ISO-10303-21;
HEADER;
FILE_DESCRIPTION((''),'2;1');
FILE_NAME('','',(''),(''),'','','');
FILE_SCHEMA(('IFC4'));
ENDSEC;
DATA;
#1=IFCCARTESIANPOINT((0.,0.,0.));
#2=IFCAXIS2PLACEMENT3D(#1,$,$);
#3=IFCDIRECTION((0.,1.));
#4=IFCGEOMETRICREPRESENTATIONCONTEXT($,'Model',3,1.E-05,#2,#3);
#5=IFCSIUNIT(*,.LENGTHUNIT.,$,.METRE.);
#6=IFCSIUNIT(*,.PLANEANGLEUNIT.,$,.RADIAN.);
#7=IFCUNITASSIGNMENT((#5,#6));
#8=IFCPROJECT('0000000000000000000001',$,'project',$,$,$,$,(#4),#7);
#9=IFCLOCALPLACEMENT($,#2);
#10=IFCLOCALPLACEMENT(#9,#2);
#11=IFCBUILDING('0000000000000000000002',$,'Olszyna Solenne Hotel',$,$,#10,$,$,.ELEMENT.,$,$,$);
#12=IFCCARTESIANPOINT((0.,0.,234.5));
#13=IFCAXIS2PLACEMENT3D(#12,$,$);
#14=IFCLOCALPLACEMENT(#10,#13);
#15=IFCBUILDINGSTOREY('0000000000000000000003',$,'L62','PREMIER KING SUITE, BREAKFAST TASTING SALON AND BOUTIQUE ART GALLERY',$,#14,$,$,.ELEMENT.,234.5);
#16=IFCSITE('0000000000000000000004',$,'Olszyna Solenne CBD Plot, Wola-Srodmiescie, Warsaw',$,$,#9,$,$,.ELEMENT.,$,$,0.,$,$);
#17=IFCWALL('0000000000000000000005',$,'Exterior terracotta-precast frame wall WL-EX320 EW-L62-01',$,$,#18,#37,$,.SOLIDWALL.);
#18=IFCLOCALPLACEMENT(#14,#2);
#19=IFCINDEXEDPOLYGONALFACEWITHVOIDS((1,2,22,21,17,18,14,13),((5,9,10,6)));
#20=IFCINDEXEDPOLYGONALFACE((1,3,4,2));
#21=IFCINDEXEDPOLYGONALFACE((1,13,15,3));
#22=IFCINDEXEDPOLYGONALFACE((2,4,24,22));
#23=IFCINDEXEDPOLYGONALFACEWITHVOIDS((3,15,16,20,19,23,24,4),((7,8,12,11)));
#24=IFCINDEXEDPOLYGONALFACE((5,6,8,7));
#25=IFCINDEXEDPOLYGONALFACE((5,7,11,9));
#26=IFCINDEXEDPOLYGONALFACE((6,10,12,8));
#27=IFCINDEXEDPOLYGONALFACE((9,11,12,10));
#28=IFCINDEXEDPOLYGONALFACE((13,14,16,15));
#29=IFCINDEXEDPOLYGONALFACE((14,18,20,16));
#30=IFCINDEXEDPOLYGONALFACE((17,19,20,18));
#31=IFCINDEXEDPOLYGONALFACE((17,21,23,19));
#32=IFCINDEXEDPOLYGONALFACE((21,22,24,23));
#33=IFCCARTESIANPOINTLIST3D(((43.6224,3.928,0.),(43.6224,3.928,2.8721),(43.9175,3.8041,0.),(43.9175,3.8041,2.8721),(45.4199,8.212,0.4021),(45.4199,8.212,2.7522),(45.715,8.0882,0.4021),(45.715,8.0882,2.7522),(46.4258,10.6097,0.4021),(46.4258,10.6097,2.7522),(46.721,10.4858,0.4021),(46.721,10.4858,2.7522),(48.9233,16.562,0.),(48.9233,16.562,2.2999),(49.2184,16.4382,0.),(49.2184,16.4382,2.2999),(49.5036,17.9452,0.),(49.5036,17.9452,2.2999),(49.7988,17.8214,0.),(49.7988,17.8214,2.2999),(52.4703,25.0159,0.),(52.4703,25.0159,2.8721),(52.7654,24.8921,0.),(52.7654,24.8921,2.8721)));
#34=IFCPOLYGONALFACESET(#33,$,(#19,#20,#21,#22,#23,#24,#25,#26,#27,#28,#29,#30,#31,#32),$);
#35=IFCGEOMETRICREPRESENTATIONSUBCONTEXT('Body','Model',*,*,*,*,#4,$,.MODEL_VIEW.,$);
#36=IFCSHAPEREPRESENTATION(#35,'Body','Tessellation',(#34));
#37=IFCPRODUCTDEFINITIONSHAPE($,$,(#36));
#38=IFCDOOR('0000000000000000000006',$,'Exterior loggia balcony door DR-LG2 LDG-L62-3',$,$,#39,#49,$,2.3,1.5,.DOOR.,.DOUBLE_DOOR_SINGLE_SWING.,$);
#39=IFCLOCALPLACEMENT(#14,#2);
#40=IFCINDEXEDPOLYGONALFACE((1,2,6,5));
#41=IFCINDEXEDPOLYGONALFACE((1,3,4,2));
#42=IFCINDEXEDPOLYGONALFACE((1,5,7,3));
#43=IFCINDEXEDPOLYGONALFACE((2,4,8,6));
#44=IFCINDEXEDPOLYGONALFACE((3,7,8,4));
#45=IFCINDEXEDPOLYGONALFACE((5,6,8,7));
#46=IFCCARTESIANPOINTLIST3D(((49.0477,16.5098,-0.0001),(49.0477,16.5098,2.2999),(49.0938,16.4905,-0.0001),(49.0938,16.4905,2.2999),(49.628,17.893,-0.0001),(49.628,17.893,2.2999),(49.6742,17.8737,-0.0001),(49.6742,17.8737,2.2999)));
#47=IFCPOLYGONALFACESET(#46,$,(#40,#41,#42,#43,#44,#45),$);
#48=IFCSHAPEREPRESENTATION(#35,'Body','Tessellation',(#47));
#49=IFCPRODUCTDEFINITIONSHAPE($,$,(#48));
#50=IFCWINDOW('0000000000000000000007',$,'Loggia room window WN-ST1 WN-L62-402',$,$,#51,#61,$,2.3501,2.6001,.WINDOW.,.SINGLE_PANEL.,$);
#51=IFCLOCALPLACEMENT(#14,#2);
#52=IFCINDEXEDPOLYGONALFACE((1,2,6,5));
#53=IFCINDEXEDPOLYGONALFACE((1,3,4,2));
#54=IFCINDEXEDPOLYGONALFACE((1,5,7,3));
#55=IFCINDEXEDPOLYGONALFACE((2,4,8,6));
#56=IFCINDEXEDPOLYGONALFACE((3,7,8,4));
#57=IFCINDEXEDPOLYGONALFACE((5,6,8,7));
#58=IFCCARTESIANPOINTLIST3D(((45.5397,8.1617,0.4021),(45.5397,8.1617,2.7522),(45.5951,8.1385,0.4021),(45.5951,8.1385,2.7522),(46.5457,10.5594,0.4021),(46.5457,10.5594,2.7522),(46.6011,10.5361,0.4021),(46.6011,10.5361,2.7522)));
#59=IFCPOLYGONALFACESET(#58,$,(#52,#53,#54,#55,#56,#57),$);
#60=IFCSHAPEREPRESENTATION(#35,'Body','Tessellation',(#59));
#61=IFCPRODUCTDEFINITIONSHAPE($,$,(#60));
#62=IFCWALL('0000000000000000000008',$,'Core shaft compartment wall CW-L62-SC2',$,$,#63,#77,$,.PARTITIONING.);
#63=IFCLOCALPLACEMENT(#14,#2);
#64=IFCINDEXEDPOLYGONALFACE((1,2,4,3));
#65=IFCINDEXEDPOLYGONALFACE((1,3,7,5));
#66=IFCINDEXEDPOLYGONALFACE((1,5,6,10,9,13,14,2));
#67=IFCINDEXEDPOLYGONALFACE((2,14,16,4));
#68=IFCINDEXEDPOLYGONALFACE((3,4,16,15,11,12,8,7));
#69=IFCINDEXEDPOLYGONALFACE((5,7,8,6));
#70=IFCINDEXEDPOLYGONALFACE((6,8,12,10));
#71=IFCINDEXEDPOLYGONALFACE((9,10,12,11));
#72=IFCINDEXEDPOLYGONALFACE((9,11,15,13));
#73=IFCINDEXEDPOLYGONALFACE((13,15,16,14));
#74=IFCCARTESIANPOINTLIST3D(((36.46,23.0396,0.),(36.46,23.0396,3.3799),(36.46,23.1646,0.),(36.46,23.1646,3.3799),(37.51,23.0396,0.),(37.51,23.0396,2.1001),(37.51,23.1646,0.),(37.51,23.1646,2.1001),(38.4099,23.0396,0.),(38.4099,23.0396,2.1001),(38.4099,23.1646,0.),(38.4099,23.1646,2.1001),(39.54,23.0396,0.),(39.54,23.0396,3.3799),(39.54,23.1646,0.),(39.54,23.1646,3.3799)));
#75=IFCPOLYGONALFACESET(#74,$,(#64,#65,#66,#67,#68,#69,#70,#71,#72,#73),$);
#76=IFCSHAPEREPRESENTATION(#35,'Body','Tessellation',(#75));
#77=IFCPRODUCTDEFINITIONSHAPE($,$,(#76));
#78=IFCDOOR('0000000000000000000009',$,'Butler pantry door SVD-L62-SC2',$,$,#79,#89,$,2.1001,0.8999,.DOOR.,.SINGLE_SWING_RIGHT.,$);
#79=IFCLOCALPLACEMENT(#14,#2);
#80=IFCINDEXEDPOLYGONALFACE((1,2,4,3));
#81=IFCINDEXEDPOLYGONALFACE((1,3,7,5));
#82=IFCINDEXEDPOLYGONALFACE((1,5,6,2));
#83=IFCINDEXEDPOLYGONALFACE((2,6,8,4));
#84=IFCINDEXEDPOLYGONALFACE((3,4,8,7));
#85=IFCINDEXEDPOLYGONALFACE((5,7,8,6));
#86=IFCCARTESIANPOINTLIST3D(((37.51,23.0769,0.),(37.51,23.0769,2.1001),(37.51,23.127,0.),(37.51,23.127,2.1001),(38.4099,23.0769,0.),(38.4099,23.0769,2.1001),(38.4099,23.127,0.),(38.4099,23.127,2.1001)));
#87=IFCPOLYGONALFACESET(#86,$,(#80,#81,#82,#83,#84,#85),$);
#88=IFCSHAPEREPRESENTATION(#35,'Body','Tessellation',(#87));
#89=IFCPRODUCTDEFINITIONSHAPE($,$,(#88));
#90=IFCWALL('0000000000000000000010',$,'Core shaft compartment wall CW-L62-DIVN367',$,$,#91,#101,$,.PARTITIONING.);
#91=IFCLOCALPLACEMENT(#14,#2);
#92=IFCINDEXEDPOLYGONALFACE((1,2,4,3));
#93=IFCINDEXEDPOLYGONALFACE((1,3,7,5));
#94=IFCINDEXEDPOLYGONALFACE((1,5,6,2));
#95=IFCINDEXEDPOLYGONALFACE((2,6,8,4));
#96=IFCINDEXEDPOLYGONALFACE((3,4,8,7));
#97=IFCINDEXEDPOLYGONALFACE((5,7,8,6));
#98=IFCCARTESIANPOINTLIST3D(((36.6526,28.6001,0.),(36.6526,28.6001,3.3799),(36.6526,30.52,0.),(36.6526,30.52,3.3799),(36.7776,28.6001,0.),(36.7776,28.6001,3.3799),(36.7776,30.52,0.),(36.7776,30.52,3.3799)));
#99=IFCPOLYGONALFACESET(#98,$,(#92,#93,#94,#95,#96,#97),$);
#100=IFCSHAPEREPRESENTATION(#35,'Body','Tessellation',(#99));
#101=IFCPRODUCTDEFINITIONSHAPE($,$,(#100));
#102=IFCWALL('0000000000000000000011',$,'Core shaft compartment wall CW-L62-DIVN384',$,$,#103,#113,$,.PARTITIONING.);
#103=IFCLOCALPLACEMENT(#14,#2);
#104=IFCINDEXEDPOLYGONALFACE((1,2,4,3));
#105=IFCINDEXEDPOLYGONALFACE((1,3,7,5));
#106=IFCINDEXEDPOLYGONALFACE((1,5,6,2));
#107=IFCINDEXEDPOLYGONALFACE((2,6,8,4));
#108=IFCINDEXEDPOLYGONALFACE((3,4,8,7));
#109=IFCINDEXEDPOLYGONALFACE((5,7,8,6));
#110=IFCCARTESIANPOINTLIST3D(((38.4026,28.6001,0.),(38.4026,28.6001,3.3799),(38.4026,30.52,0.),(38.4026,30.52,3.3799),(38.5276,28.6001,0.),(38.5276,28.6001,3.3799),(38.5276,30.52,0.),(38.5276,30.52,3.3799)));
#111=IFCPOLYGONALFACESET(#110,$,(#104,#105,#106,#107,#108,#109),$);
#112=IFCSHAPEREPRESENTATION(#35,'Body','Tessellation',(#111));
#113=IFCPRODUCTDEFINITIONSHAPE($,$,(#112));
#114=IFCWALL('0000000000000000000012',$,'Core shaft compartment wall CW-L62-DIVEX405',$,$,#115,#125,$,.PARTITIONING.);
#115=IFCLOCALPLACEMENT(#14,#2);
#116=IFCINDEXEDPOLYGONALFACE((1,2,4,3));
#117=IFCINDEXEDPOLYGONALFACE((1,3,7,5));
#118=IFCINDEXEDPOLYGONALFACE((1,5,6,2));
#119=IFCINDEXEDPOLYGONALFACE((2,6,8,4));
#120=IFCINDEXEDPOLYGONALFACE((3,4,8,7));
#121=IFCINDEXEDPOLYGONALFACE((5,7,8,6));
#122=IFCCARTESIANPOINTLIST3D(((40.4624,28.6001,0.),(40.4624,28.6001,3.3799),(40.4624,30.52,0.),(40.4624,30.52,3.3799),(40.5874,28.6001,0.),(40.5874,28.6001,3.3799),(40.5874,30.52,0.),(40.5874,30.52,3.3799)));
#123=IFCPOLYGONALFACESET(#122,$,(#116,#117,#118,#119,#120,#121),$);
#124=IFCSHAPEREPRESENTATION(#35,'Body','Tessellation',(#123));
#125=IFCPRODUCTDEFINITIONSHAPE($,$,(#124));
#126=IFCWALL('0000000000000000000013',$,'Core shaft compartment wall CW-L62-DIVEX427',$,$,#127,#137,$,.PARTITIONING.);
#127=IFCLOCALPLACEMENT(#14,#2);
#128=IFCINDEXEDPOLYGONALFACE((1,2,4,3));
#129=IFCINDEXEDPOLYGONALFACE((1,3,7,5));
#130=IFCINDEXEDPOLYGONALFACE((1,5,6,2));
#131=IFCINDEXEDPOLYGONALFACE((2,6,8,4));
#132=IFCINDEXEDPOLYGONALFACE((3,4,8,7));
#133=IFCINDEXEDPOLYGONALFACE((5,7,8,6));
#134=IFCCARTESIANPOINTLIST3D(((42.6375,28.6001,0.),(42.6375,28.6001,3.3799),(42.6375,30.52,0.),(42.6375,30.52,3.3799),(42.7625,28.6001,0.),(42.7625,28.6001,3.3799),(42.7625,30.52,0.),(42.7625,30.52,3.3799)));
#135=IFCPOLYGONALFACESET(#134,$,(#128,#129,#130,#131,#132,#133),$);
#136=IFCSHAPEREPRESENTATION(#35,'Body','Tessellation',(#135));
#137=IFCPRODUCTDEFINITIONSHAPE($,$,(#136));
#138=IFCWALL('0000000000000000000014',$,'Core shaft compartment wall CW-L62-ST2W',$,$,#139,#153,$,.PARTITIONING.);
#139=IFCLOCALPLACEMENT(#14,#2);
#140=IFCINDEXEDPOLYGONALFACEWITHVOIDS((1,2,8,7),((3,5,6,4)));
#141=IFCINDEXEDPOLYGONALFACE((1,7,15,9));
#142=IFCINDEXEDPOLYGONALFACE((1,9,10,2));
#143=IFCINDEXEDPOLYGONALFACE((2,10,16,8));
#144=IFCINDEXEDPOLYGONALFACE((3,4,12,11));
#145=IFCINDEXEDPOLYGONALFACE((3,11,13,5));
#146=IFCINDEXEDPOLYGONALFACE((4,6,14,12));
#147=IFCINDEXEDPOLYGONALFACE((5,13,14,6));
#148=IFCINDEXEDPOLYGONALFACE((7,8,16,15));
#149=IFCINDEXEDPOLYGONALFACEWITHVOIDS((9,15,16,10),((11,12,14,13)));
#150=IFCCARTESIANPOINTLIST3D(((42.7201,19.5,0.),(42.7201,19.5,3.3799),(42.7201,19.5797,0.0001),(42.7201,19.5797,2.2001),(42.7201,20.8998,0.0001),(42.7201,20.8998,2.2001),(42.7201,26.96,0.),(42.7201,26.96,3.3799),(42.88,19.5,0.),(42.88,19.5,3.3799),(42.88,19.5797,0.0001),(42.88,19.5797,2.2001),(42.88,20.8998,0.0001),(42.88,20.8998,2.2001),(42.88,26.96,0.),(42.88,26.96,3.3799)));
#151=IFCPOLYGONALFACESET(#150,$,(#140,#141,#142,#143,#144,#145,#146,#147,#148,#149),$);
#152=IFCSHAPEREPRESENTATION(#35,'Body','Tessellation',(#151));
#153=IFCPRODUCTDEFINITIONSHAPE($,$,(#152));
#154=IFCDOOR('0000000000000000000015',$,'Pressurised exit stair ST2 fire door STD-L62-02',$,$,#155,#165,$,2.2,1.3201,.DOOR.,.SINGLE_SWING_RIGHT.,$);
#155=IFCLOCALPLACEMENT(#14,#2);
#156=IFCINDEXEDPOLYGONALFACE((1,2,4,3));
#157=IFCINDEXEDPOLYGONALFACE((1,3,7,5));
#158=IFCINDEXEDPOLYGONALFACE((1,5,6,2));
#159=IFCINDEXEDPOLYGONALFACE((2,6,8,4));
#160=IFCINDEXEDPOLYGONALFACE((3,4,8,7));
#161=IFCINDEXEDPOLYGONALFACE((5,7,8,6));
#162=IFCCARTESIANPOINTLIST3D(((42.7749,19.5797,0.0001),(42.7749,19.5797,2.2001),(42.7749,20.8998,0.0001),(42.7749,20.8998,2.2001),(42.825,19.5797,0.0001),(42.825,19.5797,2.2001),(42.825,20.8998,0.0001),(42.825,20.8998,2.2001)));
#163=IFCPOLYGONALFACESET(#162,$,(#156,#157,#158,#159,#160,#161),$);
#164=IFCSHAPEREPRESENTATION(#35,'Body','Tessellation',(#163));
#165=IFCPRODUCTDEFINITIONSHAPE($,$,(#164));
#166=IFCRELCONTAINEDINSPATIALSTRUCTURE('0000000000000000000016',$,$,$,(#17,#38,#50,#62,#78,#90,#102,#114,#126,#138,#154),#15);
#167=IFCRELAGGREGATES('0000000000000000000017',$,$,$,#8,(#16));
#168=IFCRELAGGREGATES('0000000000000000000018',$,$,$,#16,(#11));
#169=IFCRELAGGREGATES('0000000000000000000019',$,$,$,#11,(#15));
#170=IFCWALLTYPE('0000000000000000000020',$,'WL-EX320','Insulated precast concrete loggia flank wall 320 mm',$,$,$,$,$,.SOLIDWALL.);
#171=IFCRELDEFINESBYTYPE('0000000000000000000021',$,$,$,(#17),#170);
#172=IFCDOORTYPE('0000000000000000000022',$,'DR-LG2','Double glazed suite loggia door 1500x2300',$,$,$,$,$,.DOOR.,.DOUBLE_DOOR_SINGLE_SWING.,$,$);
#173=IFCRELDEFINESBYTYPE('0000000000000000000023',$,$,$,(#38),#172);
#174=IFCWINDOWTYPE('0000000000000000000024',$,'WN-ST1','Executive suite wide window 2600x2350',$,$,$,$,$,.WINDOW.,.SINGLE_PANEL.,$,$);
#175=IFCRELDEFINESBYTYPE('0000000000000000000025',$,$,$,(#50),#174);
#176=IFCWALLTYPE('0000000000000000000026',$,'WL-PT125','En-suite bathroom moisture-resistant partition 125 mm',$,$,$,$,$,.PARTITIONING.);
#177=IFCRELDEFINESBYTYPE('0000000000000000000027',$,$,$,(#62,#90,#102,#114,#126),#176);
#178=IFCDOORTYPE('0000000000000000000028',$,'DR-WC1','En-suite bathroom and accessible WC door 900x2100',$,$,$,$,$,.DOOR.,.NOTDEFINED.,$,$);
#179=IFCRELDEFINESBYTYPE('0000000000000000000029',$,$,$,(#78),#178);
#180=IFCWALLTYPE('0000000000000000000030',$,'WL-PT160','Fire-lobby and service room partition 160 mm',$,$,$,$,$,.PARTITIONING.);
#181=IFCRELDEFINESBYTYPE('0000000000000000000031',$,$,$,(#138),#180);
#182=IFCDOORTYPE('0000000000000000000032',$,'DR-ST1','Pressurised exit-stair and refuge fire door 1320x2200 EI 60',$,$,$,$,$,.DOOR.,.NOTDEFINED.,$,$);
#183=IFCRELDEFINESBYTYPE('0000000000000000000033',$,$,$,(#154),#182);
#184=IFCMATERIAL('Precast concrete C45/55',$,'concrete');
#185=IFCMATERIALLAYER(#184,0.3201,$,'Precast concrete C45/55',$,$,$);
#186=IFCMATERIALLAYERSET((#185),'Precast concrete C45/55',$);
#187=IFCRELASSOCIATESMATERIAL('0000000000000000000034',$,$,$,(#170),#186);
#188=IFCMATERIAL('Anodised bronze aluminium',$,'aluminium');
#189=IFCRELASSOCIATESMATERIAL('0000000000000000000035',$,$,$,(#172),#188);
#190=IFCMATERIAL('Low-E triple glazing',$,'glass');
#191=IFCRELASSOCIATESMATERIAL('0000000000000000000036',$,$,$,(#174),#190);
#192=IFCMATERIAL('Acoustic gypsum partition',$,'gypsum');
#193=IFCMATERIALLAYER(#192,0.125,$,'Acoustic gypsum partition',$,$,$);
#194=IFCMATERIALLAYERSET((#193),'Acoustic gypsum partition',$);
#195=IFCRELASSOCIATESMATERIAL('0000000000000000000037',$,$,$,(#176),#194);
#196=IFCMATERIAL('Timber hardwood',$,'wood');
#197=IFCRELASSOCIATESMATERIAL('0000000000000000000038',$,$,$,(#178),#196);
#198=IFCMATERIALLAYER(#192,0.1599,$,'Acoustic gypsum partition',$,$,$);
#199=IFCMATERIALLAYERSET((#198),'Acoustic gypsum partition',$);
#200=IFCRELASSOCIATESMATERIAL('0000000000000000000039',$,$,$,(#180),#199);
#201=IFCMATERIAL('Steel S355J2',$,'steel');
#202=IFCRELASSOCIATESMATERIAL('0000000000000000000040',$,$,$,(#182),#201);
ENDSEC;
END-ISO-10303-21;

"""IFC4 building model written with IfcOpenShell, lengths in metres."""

from ifc_helpers import new_model, si_unit, direction, frame, frame_2d, origin, place, context, subcontext, project, spatial, rectangle, extrude, source, transform, mapped, material, layer, layer_set, type_object, type_shapes, element, fill, save


model = new_model("IFC4")

# Units and contexts
model_context = context("Model", 3, precision=1e-05, world=origin(), true_north=direction((0.0, 1.0)))
body_context = subcontext(model_context, "Body", "Model", "MODEL_VIEW")
ifc_project = project(units=[si_unit("LENGTHUNIT", "METRE"), si_unit("PLANEANGLEUNIT", "RADIAN")], contexts=[model_context])

# Site, building, storey
site_placement = place(None, origin())
site = spatial("IfcSite", under=ifc_project, at=site_placement, Name="Olszyna Solenne CBD Plot, Wola-Srodmiescie, Warsaw", CompositionType="ELEMENT", RefElevation=0.0)
building_placement = place(site_placement, origin())
building = spatial("IfcBuilding", under=site, at=building_placement, Name="Olszyna Solenne Hotel", CompositionType="ELEMENT")
storey_placement = place(building_placement, frame((0.0, 0.0, 234.5)))
storey = spatial("IfcBuildingStorey", under=building, at=storey_placement, Name="L62", Description="PREMIER KING SUITE, BREAKFAST TASTING SALON AND BOUTIQUE ART GALLERY", CompositionType="ELEMENT", Elevation=234.5)

# Shared definitions
ifc_material_1 = material(Name="Steel S355J2", Category="steel")

# Wall, openings, door, window
ifc_material_2 = material(Name="Precast concrete C45/55", Category="concrete")
ifc_layer_1 = layer(ifc_material_2, 0.3201, Name="Precast concrete C45/55")
ifc_layer_set_1 = layer_set([ifc_layer_1], Name="Precast concrete C45/55")
wall_type_1 = type_object("IfcWallType", Name="WL-EX320", Description="Insulated precast concrete loggia flank wall 320 mm", PredefinedType="SOLIDWALL", material=ifc_layer_set_1)
wall_1_placement = place(storey_placement, frame((52.6179, 24.9541, 0.0), z_axis=(0.0, 0.0, 1.0), x_axis=(-0.386897, -0.922123, 0.0)))
wall_1 = element("IfcWall", 1, at=wall_1_placement, inside=storey, type_object=wall_type_1, Name="Exterior terracotta-precast frame wall WL-EX320 EW-L62-01", PredefinedType="SOLIDWALL", context=body_context, shape_type="SweptSolid", body=[
    extrude(rectangle(XDim=22.8689, YDim=0.3201, at=frame_2d((11.4346, 0.0))), origin(), (0.0, 0.0, 1.0), 2.8721),
])
opening_1_placement = place(wall_1_placement, frame((7.668, 0.0, 0.0)))
opening_1 = element("IfcOpeningElement", 2, at=opening_1_placement, cuts=wall_1, PredefinedType="OPENING", context=body_context, shape_type="SweptSolid", body=[
    extrude(rectangle(XDim=1.5, YDim=2.3, at=frame_2d((0.75, 1.1499))), frame((0.0, 0.1699, 0.0), z_axis=(0.0, -1.0, 0.0), x_axis=(1.0, 0.0, 0.0)), (0.0, 0.0, 1.0), 0.3401),
])
opening_2_placement = place(wall_1_placement, frame((15.623, 0.0, 0.4021)))
opening_2 = element("IfcOpeningElement", 3, at=opening_2_placement, cuts=wall_1, PredefinedType="OPENING", context=body_context, shape_type="SweptSolid", body=[
    extrude(rectangle(XDim=2.6001, YDim=2.3501, at=frame_2d((1.3, 1.175))), frame((0.0, 0.1699, 0.0), z_axis=(0.0, -1.0, 0.0), x_axis=(1.0, 0.0, 0.0)), (0.0, 0.0, 1.0), 0.3401),
])
ifc_material_3 = material(Name="Anodised bronze aluminium", Category="aluminium")
door_type_1 = type_object("IfcDoorType", Name="DR-LG2", Description="Double glazed suite loggia door 1500x2300", OperationType="DOUBLE_DOOR_SINGLE_SWING", PredefinedType="DOOR", material=ifc_material_3)
shared_shape_1 = source(origin(), body_context, "Body", "SweptSolid", [
    extrude(rectangle(XDim=1.5, YDim=2.3, at=frame_2d((0.75, 1.1499))), frame((0.0, 0.0249, 0.0), z_axis=(0.0, -1.0, 0.0), x_axis=(1.0, 0.0, 0.0)), (0.0, 0.0, 1.0), 0.05),
])
type_shapes(door_type_1, [shared_shape_1])
door_1_placement = place(opening_1_placement, origin())
door_1 = element("IfcDoor", 4, at=door_1_placement, inside=storey, type_object=door_type_1, Name="Exterior loggia balcony door DR-LG2 LDG-L62-3", OperationType="DOUBLE_DOOR_SINGLE_SWING", OverallHeight=2.3, OverallWidth=1.5, PredefinedType="DOOR", context=body_context, shape_type="MappedRepresentation", body=[
    mapped(shared_shape_1, transform((0.0, 0.0, 0.0), x_axis=(1.0, 0.0, 0.0), y_axis=(0.0, 1.0, 0.0), z_axis=(0.0, 0.0, 1.0), scale=1.0)),
])
fill(opening_1, door_1)
ifc_material_4 = material(Name="Low-E triple glazing", Category="glass")
window_type = type_object("IfcWindowType", Name="WN-ST1", Description="Executive suite wide window 2600x2350", PartitioningType="SINGLE_PANEL", PredefinedType="WINDOW", material=ifc_material_4)
shared_shape_2 = source(origin(), body_context, "Body", "SweptSolid", [
    extrude(rectangle(XDim=2.6001, YDim=2.3501, at=frame_2d((1.3, 1.175))), frame((0.0, 0.03, 0.0), z_axis=(0.0, -1.0, 0.0), x_axis=(1.0, 0.0, 0.0)), (0.0, 0.0, 1.0), 0.0601),
])
type_shapes(window_type, [shared_shape_2])
window_placement = place(opening_2_placement, origin())
window = element("IfcWindow", 5, at=window_placement, inside=storey, type_object=window_type, Name="Loggia room window WN-ST1 WN-L62-402", OverallHeight=2.3501, OverallWidth=2.6001, PartitioningType="SINGLE_PANEL", PredefinedType="WINDOW", context=body_context, shape_type="MappedRepresentation", body=[
    mapped(shared_shape_2, transform((0.0, 0.0, 0.0), x_axis=(1.0, 0.0, 0.0), y_axis=(0.0, 1.0, 0.0), z_axis=(0.0, 0.0, 1.0), scale=1.0)),
])
fill(opening_2, window)

# Wall, opening, door
ifc_material_5 = material(Name="Acoustic gypsum partition", Category="gypsum")
ifc_layer_2 = layer(ifc_material_5, 0.125, Name="Acoustic gypsum partition")
ifc_layer_set_2 = layer_set([ifc_layer_2], Name="Acoustic gypsum partition")
wall_type_2 = type_object("IfcWallType", Name="WL-PT125", Description="En-suite bathroom moisture-resistant partition 125 mm", PredefinedType="PARTITIONING", material=ifc_layer_set_2)
wall_2_placement = place(storey_placement, frame((36.46, 23.1021, 0.0), z_axis=(0.0, 0.0, 1.0), x_axis=(1.0, 0.0, 0.0)))
wall_2 = element("IfcWall", 6, at=wall_2_placement, inside=storey, type_object=wall_type_2, Name="Core shaft compartment wall CW-L62-SC2", PredefinedType="PARTITIONING", context=body_context, shape_type="SweptSolid", body=[
    extrude(rectangle(XDim=3.0801, YDim=0.125, at=frame_2d((1.54, 0.0))), origin(), (0.0, 0.0, 1.0), 3.3799),
])
opening_3_placement = place(wall_2_placement, frame((1.05, 0.0, 0.0)))
opening_3 = element("IfcOpeningElement", 7, at=opening_3_placement, cuts=wall_2, PredefinedType="OPENING", context=body_context, shape_type="SweptSolid", body=[
    extrude(rectangle(XDim=0.8999, YDim=2.1001, at=frame_2d((0.45, 1.05))), frame((0.0, 0.0725, 0.0), z_axis=(0.0, -1.0, 0.0), x_axis=(1.0, 0.0, 0.0)), (0.0, 0.0, 1.0), 0.145),
])
ifc_material_6 = material(Name="Timber hardwood", Category="wood")
door_type_2 = type_object("IfcDoorType", Name="DR-WC1", Description="En-suite bathroom and accessible WC door 900x2100", OperationType="NOTDEFINED", PredefinedType="DOOR", material=ifc_material_6)
shared_shape_3 = source(origin(), body_context, "Body", "SweptSolid", [
    extrude(rectangle(XDim=0.8999, YDim=2.1001, at=frame_2d((0.45, 1.05))), frame((0.0, 0.0249, 0.0), z_axis=(0.0, -1.0, 0.0), x_axis=(1.0, 0.0, 0.0)), (0.0, 0.0, 1.0), 0.05),
])
type_shapes(door_type_2, [shared_shape_3])
door_2_placement = place(opening_3_placement, origin())
door_2 = element("IfcDoor", 8, at=door_2_placement, inside=storey, type_object=door_type_2, Name="Butler pantry door SVD-L62-SC2", OperationType="SINGLE_SWING_RIGHT", OverallHeight=2.1001, OverallWidth=0.8999, PredefinedType="DOOR", context=body_context, shape_type="MappedRepresentation", body=[
    mapped(shared_shape_3, transform((0.0, 0.0, 0.0), x_axis=(1.0, 0.0, 0.0), y_axis=(0.0, 1.0, 0.0), z_axis=(0.0, 0.0, 1.0), scale=1.0)),
])
fill(opening_3, door_2)

# Walls
for number, where, z_axis, x_axis, name in (
    (9, (36.7151, 28.6001, 0.0), (0.0, 0.0, 1.0), (0.0, 1.0, 0.0), "Core shaft compartment wall CW-L62-DIVN367"),
    (10, (38.4651, 28.6001, 0.0), (0.0, 0.0, 1.0), (0.0, 1.0, 0.0), "Core shaft compartment wall CW-L62-DIVN384"),
    (11, (40.5249, 28.6001, 0.0), (0.0, 0.0, 1.0), (0.0, 1.0, 0.0), "Core shaft compartment wall CW-L62-DIVEX405"),
    (12, (42.7, 28.6001, 0.0), (0.0, 0.0, 1.0), (0.0, 1.0, 0.0), "Core shaft compartment wall CW-L62-DIVEX427"),
):
    element("IfcWall", number, at=place(storey_placement, frame(where, z_axis=z_axis, x_axis=x_axis)), inside=storey, type_object=wall_type_2, Name=name, PredefinedType="PARTITIONING", context=body_context, shape_type="SweptSolid", body=[
        extrude(rectangle(XDim=1.9199, YDim=0.125, at=frame_2d((0.96, 0.0))), origin(), (0.0, 0.0, 1.0), 3.3799),
    ])

# Wall, opening, door
ifc_layer_3 = layer(ifc_material_5, 0.1599, Name="Acoustic gypsum partition")
ifc_layer_set_3 = layer_set([ifc_layer_3], Name="Acoustic gypsum partition")
wall_type_3 = type_object("IfcWallType", Name="WL-PT160", Description="Fire-lobby and service room partition 160 mm", PredefinedType="PARTITIONING", material=ifc_layer_set_3)
wall_3_placement = place(storey_placement, frame((42.8, 26.96, 0.0), z_axis=(0.0, 0.0, 1.0), x_axis=(0.0, -1.0, 0.0)))
wall_3 = element("IfcWall", 13, at=wall_3_placement, inside=storey, type_object=wall_type_3, Name="Core shaft compartment wall CW-L62-ST2W", PredefinedType="PARTITIONING", context=body_context, shape_type="SweptSolid", body=[
    extrude(rectangle(XDim=7.46, YDim=0.1599, at=frame_2d((3.73, 0.0))), origin(), (0.0, 0.0, 1.0), 3.3799),
])
opening_4_placement = place(wall_3_placement, frame((6.0601, 0.0, 0.0)))
opening_4 = element("IfcOpeningElement", 14, at=opening_4_placement, cuts=wall_3, PredefinedType="OPENING", context=body_context, shape_type="SweptSolid", body=[
    extrude(rectangle(XDim=1.3201, YDim=2.2, at=frame_2d((0.6602, 1.1001))), frame((0.0, 0.0898, 0.0), z_axis=(0.0, -1.0, 0.0), x_axis=(1.0, 0.0, 0.0)), (0.0, 0.0, 1.0), 0.1799),
])
door_type_3 = type_object("IfcDoorType", Name="DR-ST1", Description="Pressurised exit-stair and refuge fire door 1320x2200 EI 60", OperationType="NOTDEFINED", PredefinedType="DOOR", material=ifc_material_1)
shared_shape_4 = source(origin(), body_context, "Body", "SweptSolid", [
    extrude(rectangle(XDim=1.3201, YDim=2.2, at=frame_2d((0.6602, 1.1001))), frame((0.0, 0.0249, 0.0), z_axis=(0.0, -1.0, 0.0), x_axis=(1.0, 0.0, 0.0)), (0.0, 0.0, 1.0), 0.05),
])
type_shapes(door_type_3, [shared_shape_4])
door_3_placement = place(opening_4_placement, origin())
door_3 = element("IfcDoor", 15, at=door_3_placement, inside=storey, type_object=door_type_3, Name="Pressurised exit stair ST2 fire door STD-L62-02", OperationType="SINGLE_SWING_RIGHT", OverallHeight=2.2, OverallWidth=1.3201, PredefinedType="DOOR", context=body_context, shape_type="MappedRepresentation", body=[
    mapped(shared_shape_4, transform((0.0, 0.0, 0.0), x_axis=(1.0, 0.0, 0.0), y_axis=(0.0, 1.0, 0.0), z_axis=(0.0, 0.0, 1.0), scale=1.0)),
])
fill(opening_4, door_3)

save(model, "model.ifc")
